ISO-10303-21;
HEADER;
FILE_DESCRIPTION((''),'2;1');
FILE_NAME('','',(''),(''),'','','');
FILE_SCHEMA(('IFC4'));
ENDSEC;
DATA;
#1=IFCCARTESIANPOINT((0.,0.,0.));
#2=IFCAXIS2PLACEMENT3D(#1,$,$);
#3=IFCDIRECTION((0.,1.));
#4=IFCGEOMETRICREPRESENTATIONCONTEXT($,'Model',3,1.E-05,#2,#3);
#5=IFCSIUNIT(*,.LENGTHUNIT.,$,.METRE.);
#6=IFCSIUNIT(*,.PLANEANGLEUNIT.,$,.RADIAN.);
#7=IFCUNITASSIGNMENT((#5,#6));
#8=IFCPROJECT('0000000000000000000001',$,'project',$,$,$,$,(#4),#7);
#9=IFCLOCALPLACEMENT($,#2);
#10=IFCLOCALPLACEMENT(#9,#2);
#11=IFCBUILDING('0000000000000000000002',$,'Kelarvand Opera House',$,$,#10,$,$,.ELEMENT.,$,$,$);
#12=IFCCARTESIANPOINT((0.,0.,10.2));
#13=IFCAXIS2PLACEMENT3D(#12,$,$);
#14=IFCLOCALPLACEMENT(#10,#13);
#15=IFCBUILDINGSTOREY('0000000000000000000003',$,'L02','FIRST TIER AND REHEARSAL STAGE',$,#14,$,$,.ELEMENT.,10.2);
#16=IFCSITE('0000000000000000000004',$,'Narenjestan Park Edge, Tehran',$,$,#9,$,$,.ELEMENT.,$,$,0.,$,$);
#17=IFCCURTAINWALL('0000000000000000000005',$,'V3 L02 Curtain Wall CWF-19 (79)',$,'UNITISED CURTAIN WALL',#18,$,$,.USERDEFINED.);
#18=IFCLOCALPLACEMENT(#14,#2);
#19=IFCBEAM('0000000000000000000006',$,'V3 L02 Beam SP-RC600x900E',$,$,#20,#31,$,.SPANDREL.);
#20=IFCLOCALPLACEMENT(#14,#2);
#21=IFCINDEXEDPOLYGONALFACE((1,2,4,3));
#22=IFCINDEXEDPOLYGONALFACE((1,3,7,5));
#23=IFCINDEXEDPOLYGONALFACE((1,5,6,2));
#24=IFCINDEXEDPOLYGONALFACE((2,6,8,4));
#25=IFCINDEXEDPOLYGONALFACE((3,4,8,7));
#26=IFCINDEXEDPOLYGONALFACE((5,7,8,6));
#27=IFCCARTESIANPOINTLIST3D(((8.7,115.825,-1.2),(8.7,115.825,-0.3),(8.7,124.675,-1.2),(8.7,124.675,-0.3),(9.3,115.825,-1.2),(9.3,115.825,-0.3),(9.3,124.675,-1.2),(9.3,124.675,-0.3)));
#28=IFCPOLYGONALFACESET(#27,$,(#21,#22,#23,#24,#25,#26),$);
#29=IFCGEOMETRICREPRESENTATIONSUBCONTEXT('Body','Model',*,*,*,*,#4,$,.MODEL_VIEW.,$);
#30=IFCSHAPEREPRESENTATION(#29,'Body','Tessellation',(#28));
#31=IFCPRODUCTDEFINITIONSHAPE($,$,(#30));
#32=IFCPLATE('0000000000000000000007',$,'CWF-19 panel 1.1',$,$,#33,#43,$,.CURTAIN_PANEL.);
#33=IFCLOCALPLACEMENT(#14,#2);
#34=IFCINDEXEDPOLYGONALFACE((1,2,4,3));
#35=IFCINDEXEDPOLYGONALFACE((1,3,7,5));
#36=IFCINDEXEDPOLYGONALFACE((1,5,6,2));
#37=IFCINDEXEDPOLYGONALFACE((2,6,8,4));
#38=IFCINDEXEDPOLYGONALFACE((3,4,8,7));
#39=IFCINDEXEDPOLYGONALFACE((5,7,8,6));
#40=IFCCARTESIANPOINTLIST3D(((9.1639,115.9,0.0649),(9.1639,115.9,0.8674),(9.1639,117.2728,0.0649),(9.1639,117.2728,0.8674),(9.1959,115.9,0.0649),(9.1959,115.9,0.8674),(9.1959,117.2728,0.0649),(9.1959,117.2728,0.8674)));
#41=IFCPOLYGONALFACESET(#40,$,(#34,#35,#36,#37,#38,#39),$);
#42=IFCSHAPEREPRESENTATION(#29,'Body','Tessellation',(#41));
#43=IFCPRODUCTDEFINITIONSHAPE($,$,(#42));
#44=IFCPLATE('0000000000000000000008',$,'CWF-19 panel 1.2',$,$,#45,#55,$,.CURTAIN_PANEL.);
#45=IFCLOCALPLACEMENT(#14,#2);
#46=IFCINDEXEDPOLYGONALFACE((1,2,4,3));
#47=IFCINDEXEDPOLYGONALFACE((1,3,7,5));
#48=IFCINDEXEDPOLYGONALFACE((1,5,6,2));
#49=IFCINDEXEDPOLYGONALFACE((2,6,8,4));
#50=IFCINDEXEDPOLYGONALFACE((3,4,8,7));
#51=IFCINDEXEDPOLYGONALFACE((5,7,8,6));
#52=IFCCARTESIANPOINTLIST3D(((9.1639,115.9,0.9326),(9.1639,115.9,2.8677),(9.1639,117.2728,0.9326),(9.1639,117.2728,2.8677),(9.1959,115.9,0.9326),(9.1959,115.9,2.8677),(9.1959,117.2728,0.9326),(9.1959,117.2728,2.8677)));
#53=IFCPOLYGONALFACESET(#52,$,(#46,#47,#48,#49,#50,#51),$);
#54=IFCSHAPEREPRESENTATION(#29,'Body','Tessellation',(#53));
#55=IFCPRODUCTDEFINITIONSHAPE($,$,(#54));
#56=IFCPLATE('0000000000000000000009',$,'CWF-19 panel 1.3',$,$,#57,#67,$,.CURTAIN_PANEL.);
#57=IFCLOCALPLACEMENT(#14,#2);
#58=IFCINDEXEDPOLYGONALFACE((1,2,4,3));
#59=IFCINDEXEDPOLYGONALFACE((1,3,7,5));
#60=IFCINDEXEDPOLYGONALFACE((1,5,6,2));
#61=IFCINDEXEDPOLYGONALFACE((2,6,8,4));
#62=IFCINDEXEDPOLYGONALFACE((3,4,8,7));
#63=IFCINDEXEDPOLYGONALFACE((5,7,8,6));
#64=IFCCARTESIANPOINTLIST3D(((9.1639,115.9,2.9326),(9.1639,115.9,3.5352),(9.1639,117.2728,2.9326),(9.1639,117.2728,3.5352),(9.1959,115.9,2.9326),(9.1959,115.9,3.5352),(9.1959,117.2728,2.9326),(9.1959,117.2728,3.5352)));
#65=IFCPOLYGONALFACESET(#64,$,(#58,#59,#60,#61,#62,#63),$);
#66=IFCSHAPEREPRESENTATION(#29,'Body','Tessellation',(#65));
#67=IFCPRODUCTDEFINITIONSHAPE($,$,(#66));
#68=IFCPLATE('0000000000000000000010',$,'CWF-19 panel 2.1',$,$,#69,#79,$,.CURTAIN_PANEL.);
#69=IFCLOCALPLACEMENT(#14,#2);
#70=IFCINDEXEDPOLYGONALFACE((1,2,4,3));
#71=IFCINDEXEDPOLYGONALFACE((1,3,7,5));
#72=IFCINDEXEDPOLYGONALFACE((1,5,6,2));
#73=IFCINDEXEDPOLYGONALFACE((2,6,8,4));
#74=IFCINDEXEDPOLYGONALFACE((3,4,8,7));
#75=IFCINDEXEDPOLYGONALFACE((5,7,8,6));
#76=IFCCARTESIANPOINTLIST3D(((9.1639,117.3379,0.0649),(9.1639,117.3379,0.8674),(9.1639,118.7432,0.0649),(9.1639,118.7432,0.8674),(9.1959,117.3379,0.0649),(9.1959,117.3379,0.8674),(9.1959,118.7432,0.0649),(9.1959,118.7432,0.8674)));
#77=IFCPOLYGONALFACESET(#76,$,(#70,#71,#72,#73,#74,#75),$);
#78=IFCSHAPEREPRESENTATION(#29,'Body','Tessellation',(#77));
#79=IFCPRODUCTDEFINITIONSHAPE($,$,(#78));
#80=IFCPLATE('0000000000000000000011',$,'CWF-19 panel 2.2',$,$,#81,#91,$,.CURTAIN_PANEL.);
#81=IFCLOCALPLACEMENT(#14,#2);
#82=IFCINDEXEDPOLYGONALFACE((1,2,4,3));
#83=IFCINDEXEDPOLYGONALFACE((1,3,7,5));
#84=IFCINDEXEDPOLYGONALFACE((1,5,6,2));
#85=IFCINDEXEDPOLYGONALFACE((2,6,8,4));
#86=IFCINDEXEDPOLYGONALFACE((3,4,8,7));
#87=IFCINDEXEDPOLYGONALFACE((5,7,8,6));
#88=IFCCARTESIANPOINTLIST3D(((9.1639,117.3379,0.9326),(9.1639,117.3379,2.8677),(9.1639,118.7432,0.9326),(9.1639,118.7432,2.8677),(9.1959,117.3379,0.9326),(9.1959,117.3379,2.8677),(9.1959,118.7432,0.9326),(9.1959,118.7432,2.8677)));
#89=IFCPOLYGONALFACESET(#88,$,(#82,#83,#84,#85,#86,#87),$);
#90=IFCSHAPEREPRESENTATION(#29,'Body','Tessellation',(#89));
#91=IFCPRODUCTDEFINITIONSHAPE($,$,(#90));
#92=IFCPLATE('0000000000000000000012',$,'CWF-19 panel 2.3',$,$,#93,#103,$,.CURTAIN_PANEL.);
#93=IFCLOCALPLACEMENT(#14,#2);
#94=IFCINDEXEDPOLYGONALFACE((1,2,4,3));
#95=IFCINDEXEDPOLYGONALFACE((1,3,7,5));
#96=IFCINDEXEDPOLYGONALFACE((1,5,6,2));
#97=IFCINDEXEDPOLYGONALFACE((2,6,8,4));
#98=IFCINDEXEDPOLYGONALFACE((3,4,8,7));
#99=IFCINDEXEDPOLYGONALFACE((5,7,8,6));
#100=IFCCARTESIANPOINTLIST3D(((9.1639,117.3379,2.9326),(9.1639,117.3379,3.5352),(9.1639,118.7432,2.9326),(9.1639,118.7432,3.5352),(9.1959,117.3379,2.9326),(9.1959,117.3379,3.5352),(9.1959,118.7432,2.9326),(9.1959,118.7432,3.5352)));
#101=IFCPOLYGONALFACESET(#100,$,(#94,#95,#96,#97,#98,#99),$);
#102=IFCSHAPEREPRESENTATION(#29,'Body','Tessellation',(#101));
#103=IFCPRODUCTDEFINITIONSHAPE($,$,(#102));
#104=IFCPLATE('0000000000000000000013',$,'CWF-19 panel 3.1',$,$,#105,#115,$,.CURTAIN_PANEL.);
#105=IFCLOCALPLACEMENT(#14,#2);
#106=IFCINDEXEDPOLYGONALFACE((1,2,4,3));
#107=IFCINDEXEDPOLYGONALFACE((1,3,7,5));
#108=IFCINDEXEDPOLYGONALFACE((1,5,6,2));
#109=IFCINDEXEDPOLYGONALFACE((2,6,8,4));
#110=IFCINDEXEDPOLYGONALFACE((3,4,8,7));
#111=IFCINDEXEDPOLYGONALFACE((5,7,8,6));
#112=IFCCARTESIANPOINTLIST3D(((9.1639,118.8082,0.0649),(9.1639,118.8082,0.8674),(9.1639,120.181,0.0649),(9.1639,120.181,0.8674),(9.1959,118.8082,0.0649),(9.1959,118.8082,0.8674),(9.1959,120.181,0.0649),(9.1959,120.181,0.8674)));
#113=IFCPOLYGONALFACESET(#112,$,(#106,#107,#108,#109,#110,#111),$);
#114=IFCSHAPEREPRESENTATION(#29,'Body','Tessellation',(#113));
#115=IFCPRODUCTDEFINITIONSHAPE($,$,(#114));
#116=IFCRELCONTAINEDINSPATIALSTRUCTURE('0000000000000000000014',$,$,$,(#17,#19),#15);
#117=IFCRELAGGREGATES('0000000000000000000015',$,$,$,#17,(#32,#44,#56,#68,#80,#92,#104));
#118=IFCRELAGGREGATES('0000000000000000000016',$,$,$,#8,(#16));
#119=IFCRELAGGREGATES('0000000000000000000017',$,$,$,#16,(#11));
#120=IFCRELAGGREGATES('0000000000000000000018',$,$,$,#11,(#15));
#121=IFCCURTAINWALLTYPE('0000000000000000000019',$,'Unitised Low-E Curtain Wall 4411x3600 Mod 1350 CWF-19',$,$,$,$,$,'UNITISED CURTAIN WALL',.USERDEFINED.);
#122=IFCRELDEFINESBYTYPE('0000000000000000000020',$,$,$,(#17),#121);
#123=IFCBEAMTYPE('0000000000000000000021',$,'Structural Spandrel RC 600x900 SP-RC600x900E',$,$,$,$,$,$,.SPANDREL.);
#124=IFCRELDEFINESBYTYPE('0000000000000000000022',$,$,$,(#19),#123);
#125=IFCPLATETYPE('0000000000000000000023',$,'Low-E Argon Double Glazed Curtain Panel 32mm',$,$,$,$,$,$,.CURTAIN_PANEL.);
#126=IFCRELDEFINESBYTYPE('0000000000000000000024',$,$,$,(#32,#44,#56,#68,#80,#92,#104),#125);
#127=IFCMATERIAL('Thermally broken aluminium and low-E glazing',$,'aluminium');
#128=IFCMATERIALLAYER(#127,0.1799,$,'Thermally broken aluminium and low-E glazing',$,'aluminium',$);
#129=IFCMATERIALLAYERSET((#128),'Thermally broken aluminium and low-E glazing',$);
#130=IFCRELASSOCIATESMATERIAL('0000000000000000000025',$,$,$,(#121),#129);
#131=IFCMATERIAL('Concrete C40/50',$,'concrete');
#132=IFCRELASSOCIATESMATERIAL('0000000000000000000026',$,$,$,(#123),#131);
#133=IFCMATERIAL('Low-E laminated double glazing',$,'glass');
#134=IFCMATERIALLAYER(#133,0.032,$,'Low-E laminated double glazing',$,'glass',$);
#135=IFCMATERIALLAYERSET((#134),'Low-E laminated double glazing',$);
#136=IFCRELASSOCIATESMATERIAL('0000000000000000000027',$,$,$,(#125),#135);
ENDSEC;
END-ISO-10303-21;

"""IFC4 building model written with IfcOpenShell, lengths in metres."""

from ifc_helpers import new_model, si_unit, direction, frame, origin, origin_2d, place, context, subcontext, project, spatial, rectangle, extrude, material, layer, layer_set, material_profile, profile_set, type_object, element, aggregate, save


model = new_model("IFC4")

# Units and contexts
model_context = context("Model", 3, precision=1e-05, world=origin(), true_north=direction((0.0, 1.0)))
body_context = subcontext(model_context, "Body", "Model", "MODEL_VIEW")
ifc_project = project(units=[si_unit("LENGTHUNIT", "METRE"), si_unit("PLANEANGLEUNIT", "RADIAN")], contexts=[model_context])

# Site, building, storey
site_placement = place(None, origin())
site = spatial("IfcSite", under=ifc_project, at=site_placement, Name="Narenjestan Park Edge, Tehran", CompositionType="ELEMENT", RefElevation=0.0)
building_placement = place(site_placement, origin())
building = spatial("IfcBuilding", under=site, at=building_placement, Name="Kelarvand Opera House", CompositionType="ELEMENT")
storey_placement = place(building_placement, frame((0.0, 0.0, 10.2)))
storey = spatial("IfcBuildingStorey", under=building, at=storey_placement, Name="L02", Description="FIRST TIER AND REHEARSAL STAGE", CompositionType="ELEMENT", Elevation=10.2)

# Curtain wall
ifc_material_1 = material(Name="Thermally broken aluminium and low-E glazing", Category="aluminium")
ifc_layer_1 = layer(ifc_material_1, 0.1799, Name="Thermally broken aluminium and low-E glazing", Category="aluminium")
ifc_layer_set_1 = layer_set([ifc_layer_1], Name="Thermally broken aluminium and low-E glazing")
curtain_wall_type = type_object("IfcCurtainWallType", Name="Unitised Low-E Curtain Wall 4411x3600 Mod 1350 CWF-19", ElementType="UNITISED CURTAIN WALL", PredefinedType="USERDEFINED", material=ifc_layer_set_1)
curtain_wall_placement = place(storey_placement, origin())
curtain_wall = element("IfcCurtainWall", 1, at=curtain_wall_placement, inside=storey, type_object=curtain_wall_type, Name="V3 L02 Curtain Wall CWF-19 (79)", ObjectType="UNITISED CURTAIN WALL", PredefinedType="USERDEFINED")

# Beam
ifc_material_2 = material(Name="Concrete C40/50", Category="concrete")
ifc_material_profile_1 = material_profile(ifc_material_2, rectangle(XDim=0.6001, YDim=0.8999, at=origin_2d()), Name="RC 600x900", Category="concrete")
ifc_profile_set_1 = profile_set([ifc_material_profile_1], Name="Concrete C40/50")
beam_type = type_object("IfcBeamType", Name="Structural Spandrel RC 600x900 SP-RC600x900E", PredefinedType="SPANDREL", material=ifc_profile_set_1)
beam_placement = place(storey_placement, frame((9.0, 115.825, -0.75), z_axis=(0.0, 1.0, 0.0), x_axis=(-1.0, 0.0, 0.0)))
element("IfcBeam", 2, at=beam_placement, inside=storey, type_object=beam_type, Name="V3 L02 Beam SP-RC600x900E", PredefinedType="SPANDREL", context=body_context, shape_type="SweptSolid", body=[
    extrude(rectangle(XDim=0.6001, YDim=0.8999, at=origin_2d()), origin(), (0.0, 0.0, 1.0), 8.8501),
])

# Plates
ifc_material_3 = material(Name="Low-E laminated double glazing", Category="glass")
ifc_layer_2 = layer(ifc_material_3, 0.032, Name="Low-E laminated double glazing", Category="glass")
ifc_layer_set_2 = layer_set([ifc_layer_2], Name="Low-E laminated double glazing")
plate_type = type_object("IfcPlateType", Name="Low-E Argon Double Glazed Curtain Panel 32mm", PredefinedType="CURTAIN_PANEL", material=ifc_layer_set_2)
plate_1_placement = place(storey_placement, frame((9.1799, 116.5864, 0.0649), z_axis=(0.0, 0.0, 1.0), x_axis=(0.0, 1.0, 0.0)))
plate_1 = element("IfcPlate", 3, at=plate_1_placement, type_object=plate_type, Name="CWF-19 panel 1.1", PredefinedType="CURTAIN_PANEL", context=body_context, shape_type="SweptSolid", body=[
    extrude(rectangle(XDim=1.3728, YDim=0.032, at=origin_2d()), origin(), (0.0, 0.0, 1.0), 0.8025),
])
plate_2_placement = place(storey_placement, frame((9.1799, 116.5864, 0.9326), z_axis=(0.0, 0.0, 1.0), x_axis=(0.0, 1.0, 0.0)))
plate_2 = element("IfcPlate", 4, at=plate_2_placement, type_object=plate_type, Name="CWF-19 panel 1.2", PredefinedType="CURTAIN_PANEL", context=body_context, shape_type="SweptSolid", body=[
    extrude(rectangle(XDim=1.3728, YDim=0.032, at=origin_2d()), origin(), (0.0, 0.0, 1.0), 1.9351),
])
plate_3_placement = place(storey_placement, frame((9.1799, 116.5864, 2.9326), z_axis=(0.0, 0.0, 1.0), x_axis=(0.0, 1.0, 0.0)))
plate_3 = element("IfcPlate", 5, at=plate_3_placement, type_object=plate_type, Name="CWF-19 panel 1.3", PredefinedType="CURTAIN_PANEL", context=body_context, shape_type="SweptSolid", body=[
    extrude(rectangle(XDim=1.3728, YDim=0.032, at=origin_2d()), origin(), (0.0, 0.0, 1.0), 0.6025),
])
plate_4_placement = place(storey_placement, frame((9.1799, 118.0405, 0.0649), z_axis=(0.0, 0.0, 1.0), x_axis=(0.0, 1.0, 0.0)))
plate_4 = element("IfcPlate", 6, at=plate_4_placement, type_object=plate_type, Name="CWF-19 panel 2.1", PredefinedType="CURTAIN_PANEL", context=body_context, shape_type="SweptSolid", body=[
    extrude(rectangle(XDim=1.4053, YDim=0.032, at=origin_2d()), origin(), (0.0, 0.0, 1.0), 0.8025),
])
plate_5_placement = place(storey_placement, frame((9.1799, 118.0405, 0.9326), z_axis=(0.0, 0.0, 1.0), x_axis=(0.0, 1.0, 0.0)))
plate_5 = element("IfcPlate", 7, at=plate_5_placement, type_object=plate_type, Name="CWF-19 panel 2.2", PredefinedType="CURTAIN_PANEL", context=body_context, shape_type="SweptSolid", body=[
    extrude(rectangle(XDim=1.4053, YDim=0.032, at=origin_2d()), origin(), (0.0, 0.0, 1.0), 1.9351),
])
plate_6_placement = place(storey_placement, frame((9.1799, 118.0405, 2.9326), z_axis=(0.0, 0.0, 1.0), x_axis=(0.0, 1.0, 0.0)))
plate_6 = element("IfcPlate", 8, at=plate_6_placement, type_object=plate_type, Name="CWF-19 panel 2.3", PredefinedType="CURTAIN_PANEL", context=body_context, shape_type="SweptSolid", body=[
    extrude(rectangle(XDim=1.4053, YDim=0.032, at=origin_2d()), origin(), (0.0, 0.0, 1.0), 0.6025),
])
plate_7_placement = place(storey_placement, frame((9.1799, 119.4946, 0.0649), z_axis=(0.0, 0.0, 1.0), x_axis=(0.0, 1.0, 0.0)))
plate_7 = element("IfcPlate", 9, at=plate_7_placement, type_object=plate_type, Name="CWF-19 panel 3.1", PredefinedType="CURTAIN_PANEL", context=body_context, shape_type="SweptSolid", body=[
    extrude(rectangle(XDim=1.3728, YDim=0.032, at=origin_2d()), origin(), (0.0, 0.0, 1.0), 0.8025),
])
aggregate(curtain_wall, [plate_1, plate_2, plate_3, plate_4, plate_5, plate_6, plate_7])

save(model, "model.ifc")
